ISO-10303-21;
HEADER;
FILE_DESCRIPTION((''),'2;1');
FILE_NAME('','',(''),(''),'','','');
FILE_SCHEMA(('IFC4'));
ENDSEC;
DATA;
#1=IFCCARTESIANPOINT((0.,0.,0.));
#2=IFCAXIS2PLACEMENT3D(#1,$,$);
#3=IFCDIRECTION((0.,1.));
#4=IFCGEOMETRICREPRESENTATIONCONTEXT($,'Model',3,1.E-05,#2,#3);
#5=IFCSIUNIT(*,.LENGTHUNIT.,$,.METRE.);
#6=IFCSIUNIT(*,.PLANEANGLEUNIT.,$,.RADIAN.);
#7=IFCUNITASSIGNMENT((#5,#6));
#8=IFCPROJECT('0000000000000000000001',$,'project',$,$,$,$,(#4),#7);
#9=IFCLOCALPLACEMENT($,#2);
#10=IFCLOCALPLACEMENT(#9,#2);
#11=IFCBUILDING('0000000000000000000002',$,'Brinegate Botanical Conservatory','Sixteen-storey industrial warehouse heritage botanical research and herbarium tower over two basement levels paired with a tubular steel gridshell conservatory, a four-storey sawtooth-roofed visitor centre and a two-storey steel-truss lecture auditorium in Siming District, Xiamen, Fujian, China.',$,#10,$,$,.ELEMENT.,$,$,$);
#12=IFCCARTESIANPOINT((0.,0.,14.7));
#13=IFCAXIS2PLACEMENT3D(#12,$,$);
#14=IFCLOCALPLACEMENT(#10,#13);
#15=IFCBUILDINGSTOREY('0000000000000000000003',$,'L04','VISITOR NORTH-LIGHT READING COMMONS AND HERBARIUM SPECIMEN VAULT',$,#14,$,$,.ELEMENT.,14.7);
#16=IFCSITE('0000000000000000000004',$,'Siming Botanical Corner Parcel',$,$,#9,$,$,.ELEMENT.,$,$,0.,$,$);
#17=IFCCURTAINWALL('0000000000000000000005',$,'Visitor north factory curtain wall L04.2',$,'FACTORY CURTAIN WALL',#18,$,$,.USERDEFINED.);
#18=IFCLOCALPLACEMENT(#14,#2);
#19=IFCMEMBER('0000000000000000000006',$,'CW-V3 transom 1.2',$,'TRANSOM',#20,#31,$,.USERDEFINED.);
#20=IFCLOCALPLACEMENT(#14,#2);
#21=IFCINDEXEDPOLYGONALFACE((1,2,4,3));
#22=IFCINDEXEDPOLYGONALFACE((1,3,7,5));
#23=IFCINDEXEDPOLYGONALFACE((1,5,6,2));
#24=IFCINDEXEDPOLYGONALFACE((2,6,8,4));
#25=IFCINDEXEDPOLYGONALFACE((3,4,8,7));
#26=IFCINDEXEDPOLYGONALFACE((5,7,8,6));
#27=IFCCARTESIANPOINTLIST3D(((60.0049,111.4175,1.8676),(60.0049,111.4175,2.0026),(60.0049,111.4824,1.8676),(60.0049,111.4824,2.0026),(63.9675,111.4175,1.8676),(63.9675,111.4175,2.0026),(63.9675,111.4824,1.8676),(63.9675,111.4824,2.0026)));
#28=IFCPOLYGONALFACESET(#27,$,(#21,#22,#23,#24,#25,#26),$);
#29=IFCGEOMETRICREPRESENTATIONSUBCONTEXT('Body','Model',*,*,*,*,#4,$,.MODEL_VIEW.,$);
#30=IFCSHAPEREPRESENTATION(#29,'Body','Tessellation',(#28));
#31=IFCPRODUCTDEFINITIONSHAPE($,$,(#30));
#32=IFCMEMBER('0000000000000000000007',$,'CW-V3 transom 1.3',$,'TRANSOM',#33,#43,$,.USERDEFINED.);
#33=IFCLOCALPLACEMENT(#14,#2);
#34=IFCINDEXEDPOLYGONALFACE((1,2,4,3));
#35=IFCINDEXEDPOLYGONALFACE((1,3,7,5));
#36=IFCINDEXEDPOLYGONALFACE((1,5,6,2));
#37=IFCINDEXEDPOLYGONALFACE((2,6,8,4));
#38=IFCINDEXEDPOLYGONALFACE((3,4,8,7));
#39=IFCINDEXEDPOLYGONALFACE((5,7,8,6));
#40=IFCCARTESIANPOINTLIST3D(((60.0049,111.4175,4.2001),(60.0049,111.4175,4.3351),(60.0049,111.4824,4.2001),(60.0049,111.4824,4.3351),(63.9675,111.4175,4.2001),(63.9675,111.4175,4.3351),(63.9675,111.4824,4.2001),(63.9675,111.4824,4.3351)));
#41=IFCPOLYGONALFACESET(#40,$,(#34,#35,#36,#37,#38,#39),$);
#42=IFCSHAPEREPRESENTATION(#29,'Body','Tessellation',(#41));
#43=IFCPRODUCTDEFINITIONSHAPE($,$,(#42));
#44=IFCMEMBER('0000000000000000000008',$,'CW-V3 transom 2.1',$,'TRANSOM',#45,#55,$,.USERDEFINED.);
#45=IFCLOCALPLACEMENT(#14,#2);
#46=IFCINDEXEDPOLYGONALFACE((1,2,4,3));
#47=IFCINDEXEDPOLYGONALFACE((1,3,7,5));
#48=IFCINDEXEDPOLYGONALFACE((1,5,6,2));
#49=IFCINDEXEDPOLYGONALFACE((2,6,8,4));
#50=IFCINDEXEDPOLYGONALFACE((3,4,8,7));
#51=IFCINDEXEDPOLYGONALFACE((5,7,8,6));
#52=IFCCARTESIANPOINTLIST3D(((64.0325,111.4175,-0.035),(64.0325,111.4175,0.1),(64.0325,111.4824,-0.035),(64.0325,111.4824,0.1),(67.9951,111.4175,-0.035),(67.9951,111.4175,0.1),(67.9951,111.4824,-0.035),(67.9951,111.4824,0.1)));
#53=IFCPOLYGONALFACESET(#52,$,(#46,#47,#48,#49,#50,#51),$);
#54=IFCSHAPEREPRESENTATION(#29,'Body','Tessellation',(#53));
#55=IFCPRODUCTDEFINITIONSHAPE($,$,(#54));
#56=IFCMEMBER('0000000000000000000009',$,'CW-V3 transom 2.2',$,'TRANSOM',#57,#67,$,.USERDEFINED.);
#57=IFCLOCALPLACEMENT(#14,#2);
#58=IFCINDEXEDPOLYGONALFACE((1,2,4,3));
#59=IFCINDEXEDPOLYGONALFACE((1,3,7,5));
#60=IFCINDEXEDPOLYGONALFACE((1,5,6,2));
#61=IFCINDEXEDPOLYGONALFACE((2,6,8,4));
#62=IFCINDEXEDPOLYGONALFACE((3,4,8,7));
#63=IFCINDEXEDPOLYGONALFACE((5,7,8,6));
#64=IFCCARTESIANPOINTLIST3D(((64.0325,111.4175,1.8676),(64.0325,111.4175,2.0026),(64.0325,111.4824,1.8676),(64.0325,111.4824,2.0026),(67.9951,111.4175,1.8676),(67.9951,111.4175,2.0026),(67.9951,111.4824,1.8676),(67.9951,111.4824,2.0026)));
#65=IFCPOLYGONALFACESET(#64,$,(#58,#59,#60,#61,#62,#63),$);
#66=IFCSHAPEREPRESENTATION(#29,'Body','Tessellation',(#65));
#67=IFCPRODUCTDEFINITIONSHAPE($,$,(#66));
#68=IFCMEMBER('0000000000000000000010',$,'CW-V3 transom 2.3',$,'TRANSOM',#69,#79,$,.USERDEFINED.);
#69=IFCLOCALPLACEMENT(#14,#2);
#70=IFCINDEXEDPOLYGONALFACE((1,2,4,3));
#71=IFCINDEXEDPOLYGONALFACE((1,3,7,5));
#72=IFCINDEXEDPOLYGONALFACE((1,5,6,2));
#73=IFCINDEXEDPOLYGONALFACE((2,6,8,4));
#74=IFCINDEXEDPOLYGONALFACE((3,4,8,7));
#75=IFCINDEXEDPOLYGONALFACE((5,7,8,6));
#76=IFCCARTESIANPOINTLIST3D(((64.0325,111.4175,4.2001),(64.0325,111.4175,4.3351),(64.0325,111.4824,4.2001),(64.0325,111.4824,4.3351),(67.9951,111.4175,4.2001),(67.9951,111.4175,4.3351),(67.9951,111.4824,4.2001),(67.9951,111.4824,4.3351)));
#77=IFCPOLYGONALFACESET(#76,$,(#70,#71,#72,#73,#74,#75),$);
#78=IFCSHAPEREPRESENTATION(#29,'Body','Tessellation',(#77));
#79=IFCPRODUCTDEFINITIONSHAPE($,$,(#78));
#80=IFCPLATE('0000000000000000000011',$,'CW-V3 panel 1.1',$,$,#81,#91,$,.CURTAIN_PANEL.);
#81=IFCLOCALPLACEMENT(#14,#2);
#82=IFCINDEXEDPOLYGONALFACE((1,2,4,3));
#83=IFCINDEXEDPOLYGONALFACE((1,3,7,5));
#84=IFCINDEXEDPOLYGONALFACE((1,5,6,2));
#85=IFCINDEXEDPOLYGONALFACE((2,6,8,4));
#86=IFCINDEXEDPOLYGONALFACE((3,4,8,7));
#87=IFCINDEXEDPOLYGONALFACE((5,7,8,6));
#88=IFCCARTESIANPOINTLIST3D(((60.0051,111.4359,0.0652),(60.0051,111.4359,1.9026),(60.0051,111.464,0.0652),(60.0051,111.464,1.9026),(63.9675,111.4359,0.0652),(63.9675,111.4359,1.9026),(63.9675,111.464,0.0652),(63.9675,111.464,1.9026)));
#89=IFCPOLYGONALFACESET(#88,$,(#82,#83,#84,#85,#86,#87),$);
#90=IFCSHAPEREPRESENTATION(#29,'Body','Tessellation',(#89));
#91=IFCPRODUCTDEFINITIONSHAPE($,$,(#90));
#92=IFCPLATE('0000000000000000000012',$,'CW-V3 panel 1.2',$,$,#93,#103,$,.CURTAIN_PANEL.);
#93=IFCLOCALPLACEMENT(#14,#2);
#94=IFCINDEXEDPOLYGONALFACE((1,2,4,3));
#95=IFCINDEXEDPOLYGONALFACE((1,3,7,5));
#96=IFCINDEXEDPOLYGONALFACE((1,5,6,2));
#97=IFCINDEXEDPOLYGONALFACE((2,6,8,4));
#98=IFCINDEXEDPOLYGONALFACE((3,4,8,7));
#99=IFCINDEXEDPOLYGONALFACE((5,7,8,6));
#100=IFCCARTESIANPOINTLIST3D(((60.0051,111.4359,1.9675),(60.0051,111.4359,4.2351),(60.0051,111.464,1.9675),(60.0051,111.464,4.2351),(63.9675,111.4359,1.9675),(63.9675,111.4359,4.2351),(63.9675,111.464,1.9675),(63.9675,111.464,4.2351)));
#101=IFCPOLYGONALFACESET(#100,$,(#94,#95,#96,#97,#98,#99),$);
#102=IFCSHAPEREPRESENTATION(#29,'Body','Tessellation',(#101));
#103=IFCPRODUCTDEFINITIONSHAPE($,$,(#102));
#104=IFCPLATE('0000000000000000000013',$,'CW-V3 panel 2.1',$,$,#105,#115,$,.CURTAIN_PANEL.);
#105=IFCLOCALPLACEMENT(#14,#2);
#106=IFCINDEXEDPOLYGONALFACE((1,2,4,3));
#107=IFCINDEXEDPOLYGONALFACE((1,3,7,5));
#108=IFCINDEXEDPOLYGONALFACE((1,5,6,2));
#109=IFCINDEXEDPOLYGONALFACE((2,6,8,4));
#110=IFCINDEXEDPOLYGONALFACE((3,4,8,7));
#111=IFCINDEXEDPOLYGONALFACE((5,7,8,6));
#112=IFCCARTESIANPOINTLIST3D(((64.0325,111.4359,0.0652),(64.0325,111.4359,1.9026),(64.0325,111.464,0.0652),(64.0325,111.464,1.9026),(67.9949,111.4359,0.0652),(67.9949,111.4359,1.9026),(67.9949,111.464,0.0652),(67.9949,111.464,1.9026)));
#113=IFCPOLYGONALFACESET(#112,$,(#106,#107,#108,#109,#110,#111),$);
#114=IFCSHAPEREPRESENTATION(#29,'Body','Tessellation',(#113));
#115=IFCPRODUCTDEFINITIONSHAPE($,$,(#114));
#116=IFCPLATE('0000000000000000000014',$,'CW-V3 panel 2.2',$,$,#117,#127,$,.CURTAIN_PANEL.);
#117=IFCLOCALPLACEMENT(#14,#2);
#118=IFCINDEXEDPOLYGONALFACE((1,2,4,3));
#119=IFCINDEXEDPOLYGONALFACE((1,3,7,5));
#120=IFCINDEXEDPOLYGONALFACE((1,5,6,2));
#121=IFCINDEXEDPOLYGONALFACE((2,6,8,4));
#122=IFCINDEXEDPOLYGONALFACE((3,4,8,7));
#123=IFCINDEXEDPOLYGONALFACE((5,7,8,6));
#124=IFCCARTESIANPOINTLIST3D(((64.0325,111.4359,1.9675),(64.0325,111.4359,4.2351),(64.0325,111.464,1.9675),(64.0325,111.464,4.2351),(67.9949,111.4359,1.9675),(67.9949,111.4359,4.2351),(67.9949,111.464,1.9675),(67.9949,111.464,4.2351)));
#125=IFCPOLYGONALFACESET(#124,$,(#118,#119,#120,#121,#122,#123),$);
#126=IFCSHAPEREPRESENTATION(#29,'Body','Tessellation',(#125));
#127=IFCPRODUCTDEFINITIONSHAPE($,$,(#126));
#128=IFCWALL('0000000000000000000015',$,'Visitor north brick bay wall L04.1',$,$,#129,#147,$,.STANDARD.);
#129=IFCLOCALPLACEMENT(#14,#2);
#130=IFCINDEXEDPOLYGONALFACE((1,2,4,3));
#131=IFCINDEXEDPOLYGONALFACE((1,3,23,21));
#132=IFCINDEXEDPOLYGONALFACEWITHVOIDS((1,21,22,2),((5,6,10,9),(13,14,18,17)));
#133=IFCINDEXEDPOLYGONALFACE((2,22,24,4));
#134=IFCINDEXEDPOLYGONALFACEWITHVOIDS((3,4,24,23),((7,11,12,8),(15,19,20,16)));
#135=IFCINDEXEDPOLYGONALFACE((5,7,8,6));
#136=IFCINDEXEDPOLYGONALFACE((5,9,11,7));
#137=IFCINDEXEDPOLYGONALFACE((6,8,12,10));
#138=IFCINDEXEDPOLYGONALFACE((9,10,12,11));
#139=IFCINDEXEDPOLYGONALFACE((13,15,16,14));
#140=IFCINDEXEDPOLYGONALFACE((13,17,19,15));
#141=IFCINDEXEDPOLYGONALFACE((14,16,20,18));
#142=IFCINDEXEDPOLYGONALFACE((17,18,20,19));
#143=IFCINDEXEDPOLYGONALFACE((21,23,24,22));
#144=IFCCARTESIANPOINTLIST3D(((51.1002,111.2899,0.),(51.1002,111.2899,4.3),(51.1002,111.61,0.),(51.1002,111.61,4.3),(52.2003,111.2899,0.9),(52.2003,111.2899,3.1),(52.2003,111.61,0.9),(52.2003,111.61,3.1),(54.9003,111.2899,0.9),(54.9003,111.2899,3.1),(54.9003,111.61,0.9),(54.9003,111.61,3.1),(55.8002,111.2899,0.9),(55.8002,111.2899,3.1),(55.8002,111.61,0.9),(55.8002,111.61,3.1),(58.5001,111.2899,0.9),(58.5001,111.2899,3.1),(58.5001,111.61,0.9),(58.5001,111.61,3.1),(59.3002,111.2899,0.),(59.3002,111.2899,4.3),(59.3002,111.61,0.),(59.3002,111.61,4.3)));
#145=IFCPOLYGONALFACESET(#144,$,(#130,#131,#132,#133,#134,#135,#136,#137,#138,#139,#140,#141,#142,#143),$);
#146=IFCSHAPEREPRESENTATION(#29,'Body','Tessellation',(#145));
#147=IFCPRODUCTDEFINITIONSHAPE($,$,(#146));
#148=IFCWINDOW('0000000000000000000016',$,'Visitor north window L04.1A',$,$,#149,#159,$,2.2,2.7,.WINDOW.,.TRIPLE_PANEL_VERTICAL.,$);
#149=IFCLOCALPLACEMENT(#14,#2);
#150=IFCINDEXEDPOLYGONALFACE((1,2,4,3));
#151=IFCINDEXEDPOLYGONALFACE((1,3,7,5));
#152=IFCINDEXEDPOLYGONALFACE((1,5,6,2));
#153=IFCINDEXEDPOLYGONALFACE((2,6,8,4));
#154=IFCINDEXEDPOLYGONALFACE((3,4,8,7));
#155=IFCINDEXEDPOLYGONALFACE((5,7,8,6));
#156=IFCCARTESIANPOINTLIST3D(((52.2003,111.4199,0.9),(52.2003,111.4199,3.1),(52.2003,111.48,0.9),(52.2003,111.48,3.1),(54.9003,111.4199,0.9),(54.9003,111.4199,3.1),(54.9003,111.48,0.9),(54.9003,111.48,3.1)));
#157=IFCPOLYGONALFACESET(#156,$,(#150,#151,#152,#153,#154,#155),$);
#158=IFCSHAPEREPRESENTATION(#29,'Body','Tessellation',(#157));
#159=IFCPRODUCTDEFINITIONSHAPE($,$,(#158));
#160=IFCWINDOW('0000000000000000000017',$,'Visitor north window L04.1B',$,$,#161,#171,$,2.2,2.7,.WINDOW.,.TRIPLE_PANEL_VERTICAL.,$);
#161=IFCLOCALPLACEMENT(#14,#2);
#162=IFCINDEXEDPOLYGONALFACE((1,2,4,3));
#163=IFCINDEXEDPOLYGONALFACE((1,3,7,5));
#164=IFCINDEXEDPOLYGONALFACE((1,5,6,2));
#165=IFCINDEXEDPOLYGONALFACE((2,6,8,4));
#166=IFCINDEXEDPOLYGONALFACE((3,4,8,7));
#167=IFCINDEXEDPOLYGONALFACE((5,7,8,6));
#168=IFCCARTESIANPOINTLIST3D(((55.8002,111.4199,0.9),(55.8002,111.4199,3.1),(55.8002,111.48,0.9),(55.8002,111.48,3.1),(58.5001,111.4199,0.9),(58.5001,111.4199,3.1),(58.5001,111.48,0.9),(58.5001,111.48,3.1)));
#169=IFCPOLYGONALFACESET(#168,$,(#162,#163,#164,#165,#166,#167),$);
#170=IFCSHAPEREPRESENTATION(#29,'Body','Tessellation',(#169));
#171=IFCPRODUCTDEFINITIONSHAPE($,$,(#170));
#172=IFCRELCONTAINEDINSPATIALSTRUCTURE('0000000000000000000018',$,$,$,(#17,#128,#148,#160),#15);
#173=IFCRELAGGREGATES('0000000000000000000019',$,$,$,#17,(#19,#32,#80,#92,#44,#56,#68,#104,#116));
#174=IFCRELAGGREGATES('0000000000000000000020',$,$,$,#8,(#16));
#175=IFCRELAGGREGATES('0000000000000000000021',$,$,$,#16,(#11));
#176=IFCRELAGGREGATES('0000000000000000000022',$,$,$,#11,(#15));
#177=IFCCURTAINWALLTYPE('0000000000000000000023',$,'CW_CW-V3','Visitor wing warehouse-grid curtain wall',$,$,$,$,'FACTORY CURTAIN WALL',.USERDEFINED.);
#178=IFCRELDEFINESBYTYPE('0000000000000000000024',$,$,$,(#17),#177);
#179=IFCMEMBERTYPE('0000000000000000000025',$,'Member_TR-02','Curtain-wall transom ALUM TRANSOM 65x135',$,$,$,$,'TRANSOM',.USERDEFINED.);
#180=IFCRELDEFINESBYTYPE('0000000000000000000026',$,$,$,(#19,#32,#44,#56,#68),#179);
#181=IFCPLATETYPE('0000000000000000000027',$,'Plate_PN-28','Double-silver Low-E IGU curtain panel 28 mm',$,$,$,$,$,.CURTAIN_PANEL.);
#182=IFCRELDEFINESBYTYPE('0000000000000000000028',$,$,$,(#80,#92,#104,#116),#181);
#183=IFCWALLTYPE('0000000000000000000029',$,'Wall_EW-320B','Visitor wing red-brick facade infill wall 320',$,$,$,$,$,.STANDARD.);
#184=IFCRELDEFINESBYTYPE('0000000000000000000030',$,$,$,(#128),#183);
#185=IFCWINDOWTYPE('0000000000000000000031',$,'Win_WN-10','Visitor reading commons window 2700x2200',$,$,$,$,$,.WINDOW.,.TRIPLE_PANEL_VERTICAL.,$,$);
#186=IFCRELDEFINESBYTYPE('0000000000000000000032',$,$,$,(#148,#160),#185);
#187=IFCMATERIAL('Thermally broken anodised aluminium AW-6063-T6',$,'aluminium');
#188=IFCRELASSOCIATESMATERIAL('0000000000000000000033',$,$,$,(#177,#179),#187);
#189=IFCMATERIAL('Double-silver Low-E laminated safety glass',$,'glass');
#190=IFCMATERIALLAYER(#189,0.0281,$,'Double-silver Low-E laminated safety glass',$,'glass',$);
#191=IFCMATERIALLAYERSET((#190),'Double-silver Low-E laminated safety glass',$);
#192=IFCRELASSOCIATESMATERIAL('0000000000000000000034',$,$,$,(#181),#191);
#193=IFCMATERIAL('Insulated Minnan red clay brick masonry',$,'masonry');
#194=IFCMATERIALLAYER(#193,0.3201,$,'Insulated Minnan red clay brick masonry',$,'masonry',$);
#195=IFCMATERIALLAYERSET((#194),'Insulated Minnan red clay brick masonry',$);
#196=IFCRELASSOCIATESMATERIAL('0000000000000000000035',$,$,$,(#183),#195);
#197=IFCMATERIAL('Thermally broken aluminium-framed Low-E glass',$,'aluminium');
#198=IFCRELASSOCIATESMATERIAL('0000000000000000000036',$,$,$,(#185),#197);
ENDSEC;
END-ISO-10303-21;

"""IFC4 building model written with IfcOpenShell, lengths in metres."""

from ifc_helpers import new_model, si_unit, direction, frame, frame_2d, origin, origin_2d, place, context, subcontext, project, spatial, rectangle, extrude, material, layer, layer_set, material_profile, profile_set, type_object, element, fill, aggregate, save


model = new_model("IFC4")

# Units and contexts
model_context = context("Model", 3, precision=1e-05, world=origin(), true_north=direction((0.0, 1.0)))
body_context = subcontext(model_context, "Body", "Model", "MODEL_VIEW")
ifc_project = project(units=[si_unit("LENGTHUNIT", "METRE"), si_unit("PLANEANGLEUNIT", "RADIAN")], contexts=[model_context])

# Site, building, storey
site_placement = place(None, origin())
site = spatial("IfcSite", under=ifc_project, at=site_placement, Name="Siming Botanical Corner Parcel", CompositionType="ELEMENT", RefElevation=0.0)
building_placement = place(site_placement, origin())
building = spatial("IfcBuilding", under=site, at=building_placement, Name="Brinegate Botanical Conservatory", Description="Sixteen-storey industrial warehouse heritage botanical research and herbarium tower over two basement levels paired with a tubular steel gridshell conservatory, a four-storey sawtooth-roofed visitor centre and a two-storey steel-truss lecture auditorium in Siming District, Xiamen, Fujian, China.", CompositionType="ELEMENT")
storey_placement = place(building_placement, frame((0.0, 0.0, 14.7)))
storey = spatial("IfcBuildingStorey", under=building, at=storey_placement, Name="L04", Description="VISITOR NORTH-LIGHT READING COMMONS AND HERBARIUM SPECIMEN VAULT", CompositionType="ELEMENT", Elevation=14.7)

# Curtain wall, members, plates
ifc_material_1 = material(Name="Thermally broken anodised aluminium AW-6063-T6", Category="aluminium")
curtain_wall_type = type_object("IfcCurtainWallType", Name="CW_CW-V3", Description="Visitor wing warehouse-grid curtain wall", ElementType="FACTORY CURTAIN WALL", PredefinedType="USERDEFINED", material=ifc_material_1)
curtain_wall_placement = place(storey_placement, origin())
curtain_wall = element("IfcCurtainWall", 1, at=curtain_wall_placement, inside=storey, type_object=curtain_wall_type, Name="Visitor north factory curtain wall L04.2", ObjectType="FACTORY CURTAIN WALL", PredefinedType="USERDEFINED")
ifc_material_profile_1 = material_profile(ifc_material_1, rectangle(XDim=0.0649, YDim=0.135, at=origin_2d()), Name="ALUM TRANSOM 65x135")
ifc_profile_set_1 = profile_set([ifc_material_profile_1], Name="Thermally broken anodised aluminium AW-6063-T6")
member_type_1 = type_object("IfcMemberType", Name="Member_TR-02", Description="Curtain-wall transom ALUM TRANSOM 65x135", ElementType="TRANSOM", PredefinedType="USERDEFINED", material=ifc_profile_set_1)
member_1_placement = place(storey_placement, frame((60.0049, 111.45, 1.9351), z_axis=(1.0, 0.0, 0.0), x_axis=(0.0, 1.0, 0.0)))
member_1 = element("IfcMember", 2, at=member_1_placement, type_object=member_type_1, Name="CW-V3 transom 1.2", ObjectType="TRANSOM", PredefinedType="USERDEFINED", context=body_context, shape_type="SweptSolid", body=[
    extrude(rectangle(XDim=0.0649, YDim=0.135, at=origin_2d()), origin(), (0.0, 0.0, 1.0), 3.9626),
])
member_2_placement = place(storey_placement, frame((60.0049, 111.45, 4.2676), z_axis=(1.0, 0.0, 0.0), x_axis=(0.0, 1.0, 0.0)))
member_2 = element("IfcMember", 3, at=member_2_placement, type_object=member_type_1, Name="CW-V3 transom 1.3", ObjectType="TRANSOM", PredefinedType="USERDEFINED", context=body_context, shape_type="SweptSolid", body=[
    extrude(rectangle(XDim=0.0649, YDim=0.135, at=origin_2d()), origin(), (0.0, 0.0, 1.0), 3.9626),
])
member_3_placement = place(storey_placement, frame((64.0325, 111.45, 0.0325), z_axis=(1.0, 0.0, 0.0), x_axis=(0.0, 1.0, 0.0)))
member_3 = element("IfcMember", 4, at=member_3_placement, type_object=member_type_1, Name="CW-V3 transom 2.1", ObjectType="TRANSOM", PredefinedType="USERDEFINED", context=body_context, shape_type="SweptSolid", body=[
    extrude(rectangle(XDim=0.0649, YDim=0.135, at=origin_2d()), origin(), (0.0, 0.0, 1.0), 3.9626),
])
member_4_placement = place(storey_placement, frame((64.0325, 111.45, 1.9351), z_axis=(1.0, 0.0, 0.0), x_axis=(0.0, 1.0, 0.0)))
member_4 = element("IfcMember", 5, at=member_4_placement, type_object=member_type_1, Name="CW-V3 transom 2.2", ObjectType="TRANSOM", PredefinedType="USERDEFINED", context=body_context, shape_type="SweptSolid", body=[
    extrude(rectangle(XDim=0.0649, YDim=0.135, at=origin_2d()), origin(), (0.0, 0.0, 1.0), 3.9626),
])
member_5_placement = place(storey_placement, frame((64.0325, 111.45, 4.2676), z_axis=(1.0, 0.0, 0.0), x_axis=(0.0, 1.0, 0.0)))
member_5 = element("IfcMember", 6, at=member_5_placement, type_object=member_type_1, Name="CW-V3 transom 2.3", ObjectType="TRANSOM", PredefinedType="USERDEFINED", context=body_context, shape_type="SweptSolid", body=[
    extrude(rectangle(XDim=0.0649, YDim=0.135, at=origin_2d()), origin(), (0.0, 0.0, 1.0), 3.9626),
])
ifc_material_2 = material(Name="Double-silver Low-E laminated safety glass", Category="glass")
ifc_layer_1 = layer(ifc_material_2, 0.0281, Name="Double-silver Low-E laminated safety glass", Category="glass")
ifc_layer_set_1 = layer_set([ifc_layer_1], Name="Double-silver Low-E laminated safety glass")
plate_type = type_object("IfcPlateType", Name="Plate_PN-28", Description="Double-silver Low-E IGU curtain panel 28 mm", PredefinedType="CURTAIN_PANEL", material=ifc_layer_set_1)
plate_1_placement = place(storey_placement, frame((61.9863, 111.45, 0.0652), z_axis=(0.0, 0.0, 1.0), x_axis=(1.0, 0.0, 0.0)))
plate_1 = element("IfcPlate", 7, at=plate_1_placement, type_object=plate_type, Name="CW-V3 panel 1.1", PredefinedType="CURTAIN_PANEL", context=body_context, shape_type="SweptSolid", body=[
    extrude(rectangle(XDim=3.9624, YDim=0.0281, at=origin_2d()), origin(), (0.0, 0.0, 1.0), 1.8374),
])
plate_2_placement = place(storey_placement, frame((61.9863, 111.45, 1.9675), z_axis=(0.0, 0.0, 1.0), x_axis=(1.0, 0.0, 0.0)))
plate_2 = element("IfcPlate", 8, at=plate_2_placement, type_object=plate_type, Name="CW-V3 panel 1.2", PredefinedType="CURTAIN_PANEL", context=body_context, shape_type="SweptSolid", body=[
    extrude(rectangle(XDim=3.9624, YDim=0.0281, at=origin_2d()), origin(), (0.0, 0.0, 1.0), 2.2676),
])
plate_3_placement = place(storey_placement, frame((66.0137, 111.45, 0.0652), z_axis=(0.0, 0.0, 1.0), x_axis=(1.0, 0.0, 0.0)))
plate_3 = element("IfcPlate", 9, at=plate_3_placement, type_object=plate_type, Name="CW-V3 panel 2.1", PredefinedType="CURTAIN_PANEL", context=body_context, shape_type="SweptSolid", body=[
    extrude(rectangle(XDim=3.9624, YDim=0.0281, at=origin_2d()), origin(), (0.0, 0.0, 1.0), 1.8374),
])
plate_4_placement = place(storey_placement, frame((66.0137, 111.45, 1.9675), z_axis=(0.0, 0.0, 1.0), x_axis=(1.0, 0.0, 0.0)))
plate_4 = element("IfcPlate", 10, at=plate_4_placement, type_object=plate_type, Name="CW-V3 panel 2.2", PredefinedType="CURTAIN_PANEL", context=body_context, shape_type="SweptSolid", body=[
    extrude(rectangle(XDim=3.9624, YDim=0.0281, at=origin_2d()), origin(), (0.0, 0.0, 1.0), 2.2676),
])
aggregate(curtain_wall, [member_1, member_2, plate_1, plate_2, member_3, member_4, member_5, plate_3, plate_4])

# Wall, openings, windows
ifc_material_3 = material(Name="Insulated Minnan red clay brick masonry", Category="masonry")
ifc_layer_2 = layer(ifc_material_3, 0.3201, Name="Insulated Minnan red clay brick masonry", Category="masonry")
ifc_layer_set_2 = layer_set([ifc_layer_2], Name="Insulated Minnan red clay brick masonry")
wall_type_1 = type_object("IfcWallType", Name="Wall_EW-320B", Description="Visitor wing red-brick facade infill wall 320", PredefinedType="STANDARD", material=ifc_layer_set_2)
wall_1_placement = place(storey_placement, frame((51.1001, 111.45, 0.0), z_axis=(0.0, 0.0, 1.0), x_axis=(1.0, 0.0, 0.0)))
wall_1 = element("IfcWall", 11, at=wall_1_placement, inside=storey, type_object=wall_type_1, Name="Visitor north brick bay wall L04.1", PredefinedType="STANDARD", context=body_context, shape_type="SweptSolid", body=[
    extrude(rectangle(XDim=8.2, YDim=0.3201, at=frame_2d((4.1001, 0.0))), origin(), (0.0, 0.0, 1.0), 4.3),
])
opening_1_placement = place(wall_1_placement, frame((1.1001, 0.0, 0.8999)))
opening_1 = element("IfcOpeningElement", 12, at=opening_1_placement, cuts=wall_1, PredefinedType="OPENING", context=body_context, shape_type="SweptSolid", body=[
    extrude(rectangle(XDim=2.7, YDim=2.2, at=frame_2d((1.3501, 1.1001))), frame((0.0, 0.1699, 0.0), z_axis=(0.0, -1.0, 0.0), x_axis=(1.0, 0.0, 0.0)), (0.0, 0.0, 1.0), 0.3401),
])
opening_2_placement = place(wall_1_placement, frame((4.7, 0.0, 0.8999)))
opening_2 = element("IfcOpeningElement", 13, at=opening_2_placement, cuts=wall_1, PredefinedType="OPENING", context=body_context, shape_type="SweptSolid", body=[
    extrude(rectangle(XDim=2.7, YDim=2.2, at=frame_2d((1.3501, 1.1001))), frame((0.0, 0.1699, 0.0), z_axis=(0.0, -1.0, 0.0), x_axis=(1.0, 0.0, 0.0)), (0.0, 0.0, 1.0), 0.3401),
])
ifc_material_4 = material(Name="Thermally broken aluminium-framed Low-E glass", Category="aluminium")
window_type = type_object("IfcWindowType", Name="Win_WN-10", Description="Visitor reading commons window 2700x2200", PartitioningType="TRIPLE_PANEL_VERTICAL", PredefinedType="WINDOW", material=ifc_material_4)
window_1_placement = place(opening_1_placement, origin())
window_1 = element("IfcWindow", 14, at=window_1_placement, inside=storey, type_object=window_type, Name="Visitor north window L04.1A", OverallHeight=2.2, OverallWidth=2.7, PartitioningType="TRIPLE_PANEL_VERTICAL", PredefinedType="WINDOW", context=body_context, shape_type="SweptSolid", body=[
    extrude(rectangle(XDim=2.7, YDim=2.2, at=frame_2d((1.3501, 1.1001))), frame((0.0, 0.03, 0.0), z_axis=(0.0, -1.0, 0.0), x_axis=(1.0, 0.0, 0.0)), (0.0, 0.0, 1.0), 0.0601),
])
fill(opening_1, window_1)
window_2_placement = place(opening_2_placement, origin())
window_2 = element("IfcWindow", 15, at=window_2_placement, inside=storey, type_object=window_type, Name="Visitor north window L04.1B", OverallHeight=2.2, OverallWidth=2.7, PartitioningType="TRIPLE_PANEL_VERTICAL", PredefinedType="WINDOW", context=body_context, shape_type="SweptSolid", body=[
    extrude(rectangle(XDim=2.7, YDim=2.2, at=frame_2d((1.3501, 1.1001))), frame((0.0, 0.03, 0.0), z_axis=(0.0, -1.0, 0.0), x_axis=(1.0, 0.0, 0.0)), (0.0, 0.0, 1.0), 0.0601),
])
fill(opening_2, window_2)

save(model, "model.ifc")
